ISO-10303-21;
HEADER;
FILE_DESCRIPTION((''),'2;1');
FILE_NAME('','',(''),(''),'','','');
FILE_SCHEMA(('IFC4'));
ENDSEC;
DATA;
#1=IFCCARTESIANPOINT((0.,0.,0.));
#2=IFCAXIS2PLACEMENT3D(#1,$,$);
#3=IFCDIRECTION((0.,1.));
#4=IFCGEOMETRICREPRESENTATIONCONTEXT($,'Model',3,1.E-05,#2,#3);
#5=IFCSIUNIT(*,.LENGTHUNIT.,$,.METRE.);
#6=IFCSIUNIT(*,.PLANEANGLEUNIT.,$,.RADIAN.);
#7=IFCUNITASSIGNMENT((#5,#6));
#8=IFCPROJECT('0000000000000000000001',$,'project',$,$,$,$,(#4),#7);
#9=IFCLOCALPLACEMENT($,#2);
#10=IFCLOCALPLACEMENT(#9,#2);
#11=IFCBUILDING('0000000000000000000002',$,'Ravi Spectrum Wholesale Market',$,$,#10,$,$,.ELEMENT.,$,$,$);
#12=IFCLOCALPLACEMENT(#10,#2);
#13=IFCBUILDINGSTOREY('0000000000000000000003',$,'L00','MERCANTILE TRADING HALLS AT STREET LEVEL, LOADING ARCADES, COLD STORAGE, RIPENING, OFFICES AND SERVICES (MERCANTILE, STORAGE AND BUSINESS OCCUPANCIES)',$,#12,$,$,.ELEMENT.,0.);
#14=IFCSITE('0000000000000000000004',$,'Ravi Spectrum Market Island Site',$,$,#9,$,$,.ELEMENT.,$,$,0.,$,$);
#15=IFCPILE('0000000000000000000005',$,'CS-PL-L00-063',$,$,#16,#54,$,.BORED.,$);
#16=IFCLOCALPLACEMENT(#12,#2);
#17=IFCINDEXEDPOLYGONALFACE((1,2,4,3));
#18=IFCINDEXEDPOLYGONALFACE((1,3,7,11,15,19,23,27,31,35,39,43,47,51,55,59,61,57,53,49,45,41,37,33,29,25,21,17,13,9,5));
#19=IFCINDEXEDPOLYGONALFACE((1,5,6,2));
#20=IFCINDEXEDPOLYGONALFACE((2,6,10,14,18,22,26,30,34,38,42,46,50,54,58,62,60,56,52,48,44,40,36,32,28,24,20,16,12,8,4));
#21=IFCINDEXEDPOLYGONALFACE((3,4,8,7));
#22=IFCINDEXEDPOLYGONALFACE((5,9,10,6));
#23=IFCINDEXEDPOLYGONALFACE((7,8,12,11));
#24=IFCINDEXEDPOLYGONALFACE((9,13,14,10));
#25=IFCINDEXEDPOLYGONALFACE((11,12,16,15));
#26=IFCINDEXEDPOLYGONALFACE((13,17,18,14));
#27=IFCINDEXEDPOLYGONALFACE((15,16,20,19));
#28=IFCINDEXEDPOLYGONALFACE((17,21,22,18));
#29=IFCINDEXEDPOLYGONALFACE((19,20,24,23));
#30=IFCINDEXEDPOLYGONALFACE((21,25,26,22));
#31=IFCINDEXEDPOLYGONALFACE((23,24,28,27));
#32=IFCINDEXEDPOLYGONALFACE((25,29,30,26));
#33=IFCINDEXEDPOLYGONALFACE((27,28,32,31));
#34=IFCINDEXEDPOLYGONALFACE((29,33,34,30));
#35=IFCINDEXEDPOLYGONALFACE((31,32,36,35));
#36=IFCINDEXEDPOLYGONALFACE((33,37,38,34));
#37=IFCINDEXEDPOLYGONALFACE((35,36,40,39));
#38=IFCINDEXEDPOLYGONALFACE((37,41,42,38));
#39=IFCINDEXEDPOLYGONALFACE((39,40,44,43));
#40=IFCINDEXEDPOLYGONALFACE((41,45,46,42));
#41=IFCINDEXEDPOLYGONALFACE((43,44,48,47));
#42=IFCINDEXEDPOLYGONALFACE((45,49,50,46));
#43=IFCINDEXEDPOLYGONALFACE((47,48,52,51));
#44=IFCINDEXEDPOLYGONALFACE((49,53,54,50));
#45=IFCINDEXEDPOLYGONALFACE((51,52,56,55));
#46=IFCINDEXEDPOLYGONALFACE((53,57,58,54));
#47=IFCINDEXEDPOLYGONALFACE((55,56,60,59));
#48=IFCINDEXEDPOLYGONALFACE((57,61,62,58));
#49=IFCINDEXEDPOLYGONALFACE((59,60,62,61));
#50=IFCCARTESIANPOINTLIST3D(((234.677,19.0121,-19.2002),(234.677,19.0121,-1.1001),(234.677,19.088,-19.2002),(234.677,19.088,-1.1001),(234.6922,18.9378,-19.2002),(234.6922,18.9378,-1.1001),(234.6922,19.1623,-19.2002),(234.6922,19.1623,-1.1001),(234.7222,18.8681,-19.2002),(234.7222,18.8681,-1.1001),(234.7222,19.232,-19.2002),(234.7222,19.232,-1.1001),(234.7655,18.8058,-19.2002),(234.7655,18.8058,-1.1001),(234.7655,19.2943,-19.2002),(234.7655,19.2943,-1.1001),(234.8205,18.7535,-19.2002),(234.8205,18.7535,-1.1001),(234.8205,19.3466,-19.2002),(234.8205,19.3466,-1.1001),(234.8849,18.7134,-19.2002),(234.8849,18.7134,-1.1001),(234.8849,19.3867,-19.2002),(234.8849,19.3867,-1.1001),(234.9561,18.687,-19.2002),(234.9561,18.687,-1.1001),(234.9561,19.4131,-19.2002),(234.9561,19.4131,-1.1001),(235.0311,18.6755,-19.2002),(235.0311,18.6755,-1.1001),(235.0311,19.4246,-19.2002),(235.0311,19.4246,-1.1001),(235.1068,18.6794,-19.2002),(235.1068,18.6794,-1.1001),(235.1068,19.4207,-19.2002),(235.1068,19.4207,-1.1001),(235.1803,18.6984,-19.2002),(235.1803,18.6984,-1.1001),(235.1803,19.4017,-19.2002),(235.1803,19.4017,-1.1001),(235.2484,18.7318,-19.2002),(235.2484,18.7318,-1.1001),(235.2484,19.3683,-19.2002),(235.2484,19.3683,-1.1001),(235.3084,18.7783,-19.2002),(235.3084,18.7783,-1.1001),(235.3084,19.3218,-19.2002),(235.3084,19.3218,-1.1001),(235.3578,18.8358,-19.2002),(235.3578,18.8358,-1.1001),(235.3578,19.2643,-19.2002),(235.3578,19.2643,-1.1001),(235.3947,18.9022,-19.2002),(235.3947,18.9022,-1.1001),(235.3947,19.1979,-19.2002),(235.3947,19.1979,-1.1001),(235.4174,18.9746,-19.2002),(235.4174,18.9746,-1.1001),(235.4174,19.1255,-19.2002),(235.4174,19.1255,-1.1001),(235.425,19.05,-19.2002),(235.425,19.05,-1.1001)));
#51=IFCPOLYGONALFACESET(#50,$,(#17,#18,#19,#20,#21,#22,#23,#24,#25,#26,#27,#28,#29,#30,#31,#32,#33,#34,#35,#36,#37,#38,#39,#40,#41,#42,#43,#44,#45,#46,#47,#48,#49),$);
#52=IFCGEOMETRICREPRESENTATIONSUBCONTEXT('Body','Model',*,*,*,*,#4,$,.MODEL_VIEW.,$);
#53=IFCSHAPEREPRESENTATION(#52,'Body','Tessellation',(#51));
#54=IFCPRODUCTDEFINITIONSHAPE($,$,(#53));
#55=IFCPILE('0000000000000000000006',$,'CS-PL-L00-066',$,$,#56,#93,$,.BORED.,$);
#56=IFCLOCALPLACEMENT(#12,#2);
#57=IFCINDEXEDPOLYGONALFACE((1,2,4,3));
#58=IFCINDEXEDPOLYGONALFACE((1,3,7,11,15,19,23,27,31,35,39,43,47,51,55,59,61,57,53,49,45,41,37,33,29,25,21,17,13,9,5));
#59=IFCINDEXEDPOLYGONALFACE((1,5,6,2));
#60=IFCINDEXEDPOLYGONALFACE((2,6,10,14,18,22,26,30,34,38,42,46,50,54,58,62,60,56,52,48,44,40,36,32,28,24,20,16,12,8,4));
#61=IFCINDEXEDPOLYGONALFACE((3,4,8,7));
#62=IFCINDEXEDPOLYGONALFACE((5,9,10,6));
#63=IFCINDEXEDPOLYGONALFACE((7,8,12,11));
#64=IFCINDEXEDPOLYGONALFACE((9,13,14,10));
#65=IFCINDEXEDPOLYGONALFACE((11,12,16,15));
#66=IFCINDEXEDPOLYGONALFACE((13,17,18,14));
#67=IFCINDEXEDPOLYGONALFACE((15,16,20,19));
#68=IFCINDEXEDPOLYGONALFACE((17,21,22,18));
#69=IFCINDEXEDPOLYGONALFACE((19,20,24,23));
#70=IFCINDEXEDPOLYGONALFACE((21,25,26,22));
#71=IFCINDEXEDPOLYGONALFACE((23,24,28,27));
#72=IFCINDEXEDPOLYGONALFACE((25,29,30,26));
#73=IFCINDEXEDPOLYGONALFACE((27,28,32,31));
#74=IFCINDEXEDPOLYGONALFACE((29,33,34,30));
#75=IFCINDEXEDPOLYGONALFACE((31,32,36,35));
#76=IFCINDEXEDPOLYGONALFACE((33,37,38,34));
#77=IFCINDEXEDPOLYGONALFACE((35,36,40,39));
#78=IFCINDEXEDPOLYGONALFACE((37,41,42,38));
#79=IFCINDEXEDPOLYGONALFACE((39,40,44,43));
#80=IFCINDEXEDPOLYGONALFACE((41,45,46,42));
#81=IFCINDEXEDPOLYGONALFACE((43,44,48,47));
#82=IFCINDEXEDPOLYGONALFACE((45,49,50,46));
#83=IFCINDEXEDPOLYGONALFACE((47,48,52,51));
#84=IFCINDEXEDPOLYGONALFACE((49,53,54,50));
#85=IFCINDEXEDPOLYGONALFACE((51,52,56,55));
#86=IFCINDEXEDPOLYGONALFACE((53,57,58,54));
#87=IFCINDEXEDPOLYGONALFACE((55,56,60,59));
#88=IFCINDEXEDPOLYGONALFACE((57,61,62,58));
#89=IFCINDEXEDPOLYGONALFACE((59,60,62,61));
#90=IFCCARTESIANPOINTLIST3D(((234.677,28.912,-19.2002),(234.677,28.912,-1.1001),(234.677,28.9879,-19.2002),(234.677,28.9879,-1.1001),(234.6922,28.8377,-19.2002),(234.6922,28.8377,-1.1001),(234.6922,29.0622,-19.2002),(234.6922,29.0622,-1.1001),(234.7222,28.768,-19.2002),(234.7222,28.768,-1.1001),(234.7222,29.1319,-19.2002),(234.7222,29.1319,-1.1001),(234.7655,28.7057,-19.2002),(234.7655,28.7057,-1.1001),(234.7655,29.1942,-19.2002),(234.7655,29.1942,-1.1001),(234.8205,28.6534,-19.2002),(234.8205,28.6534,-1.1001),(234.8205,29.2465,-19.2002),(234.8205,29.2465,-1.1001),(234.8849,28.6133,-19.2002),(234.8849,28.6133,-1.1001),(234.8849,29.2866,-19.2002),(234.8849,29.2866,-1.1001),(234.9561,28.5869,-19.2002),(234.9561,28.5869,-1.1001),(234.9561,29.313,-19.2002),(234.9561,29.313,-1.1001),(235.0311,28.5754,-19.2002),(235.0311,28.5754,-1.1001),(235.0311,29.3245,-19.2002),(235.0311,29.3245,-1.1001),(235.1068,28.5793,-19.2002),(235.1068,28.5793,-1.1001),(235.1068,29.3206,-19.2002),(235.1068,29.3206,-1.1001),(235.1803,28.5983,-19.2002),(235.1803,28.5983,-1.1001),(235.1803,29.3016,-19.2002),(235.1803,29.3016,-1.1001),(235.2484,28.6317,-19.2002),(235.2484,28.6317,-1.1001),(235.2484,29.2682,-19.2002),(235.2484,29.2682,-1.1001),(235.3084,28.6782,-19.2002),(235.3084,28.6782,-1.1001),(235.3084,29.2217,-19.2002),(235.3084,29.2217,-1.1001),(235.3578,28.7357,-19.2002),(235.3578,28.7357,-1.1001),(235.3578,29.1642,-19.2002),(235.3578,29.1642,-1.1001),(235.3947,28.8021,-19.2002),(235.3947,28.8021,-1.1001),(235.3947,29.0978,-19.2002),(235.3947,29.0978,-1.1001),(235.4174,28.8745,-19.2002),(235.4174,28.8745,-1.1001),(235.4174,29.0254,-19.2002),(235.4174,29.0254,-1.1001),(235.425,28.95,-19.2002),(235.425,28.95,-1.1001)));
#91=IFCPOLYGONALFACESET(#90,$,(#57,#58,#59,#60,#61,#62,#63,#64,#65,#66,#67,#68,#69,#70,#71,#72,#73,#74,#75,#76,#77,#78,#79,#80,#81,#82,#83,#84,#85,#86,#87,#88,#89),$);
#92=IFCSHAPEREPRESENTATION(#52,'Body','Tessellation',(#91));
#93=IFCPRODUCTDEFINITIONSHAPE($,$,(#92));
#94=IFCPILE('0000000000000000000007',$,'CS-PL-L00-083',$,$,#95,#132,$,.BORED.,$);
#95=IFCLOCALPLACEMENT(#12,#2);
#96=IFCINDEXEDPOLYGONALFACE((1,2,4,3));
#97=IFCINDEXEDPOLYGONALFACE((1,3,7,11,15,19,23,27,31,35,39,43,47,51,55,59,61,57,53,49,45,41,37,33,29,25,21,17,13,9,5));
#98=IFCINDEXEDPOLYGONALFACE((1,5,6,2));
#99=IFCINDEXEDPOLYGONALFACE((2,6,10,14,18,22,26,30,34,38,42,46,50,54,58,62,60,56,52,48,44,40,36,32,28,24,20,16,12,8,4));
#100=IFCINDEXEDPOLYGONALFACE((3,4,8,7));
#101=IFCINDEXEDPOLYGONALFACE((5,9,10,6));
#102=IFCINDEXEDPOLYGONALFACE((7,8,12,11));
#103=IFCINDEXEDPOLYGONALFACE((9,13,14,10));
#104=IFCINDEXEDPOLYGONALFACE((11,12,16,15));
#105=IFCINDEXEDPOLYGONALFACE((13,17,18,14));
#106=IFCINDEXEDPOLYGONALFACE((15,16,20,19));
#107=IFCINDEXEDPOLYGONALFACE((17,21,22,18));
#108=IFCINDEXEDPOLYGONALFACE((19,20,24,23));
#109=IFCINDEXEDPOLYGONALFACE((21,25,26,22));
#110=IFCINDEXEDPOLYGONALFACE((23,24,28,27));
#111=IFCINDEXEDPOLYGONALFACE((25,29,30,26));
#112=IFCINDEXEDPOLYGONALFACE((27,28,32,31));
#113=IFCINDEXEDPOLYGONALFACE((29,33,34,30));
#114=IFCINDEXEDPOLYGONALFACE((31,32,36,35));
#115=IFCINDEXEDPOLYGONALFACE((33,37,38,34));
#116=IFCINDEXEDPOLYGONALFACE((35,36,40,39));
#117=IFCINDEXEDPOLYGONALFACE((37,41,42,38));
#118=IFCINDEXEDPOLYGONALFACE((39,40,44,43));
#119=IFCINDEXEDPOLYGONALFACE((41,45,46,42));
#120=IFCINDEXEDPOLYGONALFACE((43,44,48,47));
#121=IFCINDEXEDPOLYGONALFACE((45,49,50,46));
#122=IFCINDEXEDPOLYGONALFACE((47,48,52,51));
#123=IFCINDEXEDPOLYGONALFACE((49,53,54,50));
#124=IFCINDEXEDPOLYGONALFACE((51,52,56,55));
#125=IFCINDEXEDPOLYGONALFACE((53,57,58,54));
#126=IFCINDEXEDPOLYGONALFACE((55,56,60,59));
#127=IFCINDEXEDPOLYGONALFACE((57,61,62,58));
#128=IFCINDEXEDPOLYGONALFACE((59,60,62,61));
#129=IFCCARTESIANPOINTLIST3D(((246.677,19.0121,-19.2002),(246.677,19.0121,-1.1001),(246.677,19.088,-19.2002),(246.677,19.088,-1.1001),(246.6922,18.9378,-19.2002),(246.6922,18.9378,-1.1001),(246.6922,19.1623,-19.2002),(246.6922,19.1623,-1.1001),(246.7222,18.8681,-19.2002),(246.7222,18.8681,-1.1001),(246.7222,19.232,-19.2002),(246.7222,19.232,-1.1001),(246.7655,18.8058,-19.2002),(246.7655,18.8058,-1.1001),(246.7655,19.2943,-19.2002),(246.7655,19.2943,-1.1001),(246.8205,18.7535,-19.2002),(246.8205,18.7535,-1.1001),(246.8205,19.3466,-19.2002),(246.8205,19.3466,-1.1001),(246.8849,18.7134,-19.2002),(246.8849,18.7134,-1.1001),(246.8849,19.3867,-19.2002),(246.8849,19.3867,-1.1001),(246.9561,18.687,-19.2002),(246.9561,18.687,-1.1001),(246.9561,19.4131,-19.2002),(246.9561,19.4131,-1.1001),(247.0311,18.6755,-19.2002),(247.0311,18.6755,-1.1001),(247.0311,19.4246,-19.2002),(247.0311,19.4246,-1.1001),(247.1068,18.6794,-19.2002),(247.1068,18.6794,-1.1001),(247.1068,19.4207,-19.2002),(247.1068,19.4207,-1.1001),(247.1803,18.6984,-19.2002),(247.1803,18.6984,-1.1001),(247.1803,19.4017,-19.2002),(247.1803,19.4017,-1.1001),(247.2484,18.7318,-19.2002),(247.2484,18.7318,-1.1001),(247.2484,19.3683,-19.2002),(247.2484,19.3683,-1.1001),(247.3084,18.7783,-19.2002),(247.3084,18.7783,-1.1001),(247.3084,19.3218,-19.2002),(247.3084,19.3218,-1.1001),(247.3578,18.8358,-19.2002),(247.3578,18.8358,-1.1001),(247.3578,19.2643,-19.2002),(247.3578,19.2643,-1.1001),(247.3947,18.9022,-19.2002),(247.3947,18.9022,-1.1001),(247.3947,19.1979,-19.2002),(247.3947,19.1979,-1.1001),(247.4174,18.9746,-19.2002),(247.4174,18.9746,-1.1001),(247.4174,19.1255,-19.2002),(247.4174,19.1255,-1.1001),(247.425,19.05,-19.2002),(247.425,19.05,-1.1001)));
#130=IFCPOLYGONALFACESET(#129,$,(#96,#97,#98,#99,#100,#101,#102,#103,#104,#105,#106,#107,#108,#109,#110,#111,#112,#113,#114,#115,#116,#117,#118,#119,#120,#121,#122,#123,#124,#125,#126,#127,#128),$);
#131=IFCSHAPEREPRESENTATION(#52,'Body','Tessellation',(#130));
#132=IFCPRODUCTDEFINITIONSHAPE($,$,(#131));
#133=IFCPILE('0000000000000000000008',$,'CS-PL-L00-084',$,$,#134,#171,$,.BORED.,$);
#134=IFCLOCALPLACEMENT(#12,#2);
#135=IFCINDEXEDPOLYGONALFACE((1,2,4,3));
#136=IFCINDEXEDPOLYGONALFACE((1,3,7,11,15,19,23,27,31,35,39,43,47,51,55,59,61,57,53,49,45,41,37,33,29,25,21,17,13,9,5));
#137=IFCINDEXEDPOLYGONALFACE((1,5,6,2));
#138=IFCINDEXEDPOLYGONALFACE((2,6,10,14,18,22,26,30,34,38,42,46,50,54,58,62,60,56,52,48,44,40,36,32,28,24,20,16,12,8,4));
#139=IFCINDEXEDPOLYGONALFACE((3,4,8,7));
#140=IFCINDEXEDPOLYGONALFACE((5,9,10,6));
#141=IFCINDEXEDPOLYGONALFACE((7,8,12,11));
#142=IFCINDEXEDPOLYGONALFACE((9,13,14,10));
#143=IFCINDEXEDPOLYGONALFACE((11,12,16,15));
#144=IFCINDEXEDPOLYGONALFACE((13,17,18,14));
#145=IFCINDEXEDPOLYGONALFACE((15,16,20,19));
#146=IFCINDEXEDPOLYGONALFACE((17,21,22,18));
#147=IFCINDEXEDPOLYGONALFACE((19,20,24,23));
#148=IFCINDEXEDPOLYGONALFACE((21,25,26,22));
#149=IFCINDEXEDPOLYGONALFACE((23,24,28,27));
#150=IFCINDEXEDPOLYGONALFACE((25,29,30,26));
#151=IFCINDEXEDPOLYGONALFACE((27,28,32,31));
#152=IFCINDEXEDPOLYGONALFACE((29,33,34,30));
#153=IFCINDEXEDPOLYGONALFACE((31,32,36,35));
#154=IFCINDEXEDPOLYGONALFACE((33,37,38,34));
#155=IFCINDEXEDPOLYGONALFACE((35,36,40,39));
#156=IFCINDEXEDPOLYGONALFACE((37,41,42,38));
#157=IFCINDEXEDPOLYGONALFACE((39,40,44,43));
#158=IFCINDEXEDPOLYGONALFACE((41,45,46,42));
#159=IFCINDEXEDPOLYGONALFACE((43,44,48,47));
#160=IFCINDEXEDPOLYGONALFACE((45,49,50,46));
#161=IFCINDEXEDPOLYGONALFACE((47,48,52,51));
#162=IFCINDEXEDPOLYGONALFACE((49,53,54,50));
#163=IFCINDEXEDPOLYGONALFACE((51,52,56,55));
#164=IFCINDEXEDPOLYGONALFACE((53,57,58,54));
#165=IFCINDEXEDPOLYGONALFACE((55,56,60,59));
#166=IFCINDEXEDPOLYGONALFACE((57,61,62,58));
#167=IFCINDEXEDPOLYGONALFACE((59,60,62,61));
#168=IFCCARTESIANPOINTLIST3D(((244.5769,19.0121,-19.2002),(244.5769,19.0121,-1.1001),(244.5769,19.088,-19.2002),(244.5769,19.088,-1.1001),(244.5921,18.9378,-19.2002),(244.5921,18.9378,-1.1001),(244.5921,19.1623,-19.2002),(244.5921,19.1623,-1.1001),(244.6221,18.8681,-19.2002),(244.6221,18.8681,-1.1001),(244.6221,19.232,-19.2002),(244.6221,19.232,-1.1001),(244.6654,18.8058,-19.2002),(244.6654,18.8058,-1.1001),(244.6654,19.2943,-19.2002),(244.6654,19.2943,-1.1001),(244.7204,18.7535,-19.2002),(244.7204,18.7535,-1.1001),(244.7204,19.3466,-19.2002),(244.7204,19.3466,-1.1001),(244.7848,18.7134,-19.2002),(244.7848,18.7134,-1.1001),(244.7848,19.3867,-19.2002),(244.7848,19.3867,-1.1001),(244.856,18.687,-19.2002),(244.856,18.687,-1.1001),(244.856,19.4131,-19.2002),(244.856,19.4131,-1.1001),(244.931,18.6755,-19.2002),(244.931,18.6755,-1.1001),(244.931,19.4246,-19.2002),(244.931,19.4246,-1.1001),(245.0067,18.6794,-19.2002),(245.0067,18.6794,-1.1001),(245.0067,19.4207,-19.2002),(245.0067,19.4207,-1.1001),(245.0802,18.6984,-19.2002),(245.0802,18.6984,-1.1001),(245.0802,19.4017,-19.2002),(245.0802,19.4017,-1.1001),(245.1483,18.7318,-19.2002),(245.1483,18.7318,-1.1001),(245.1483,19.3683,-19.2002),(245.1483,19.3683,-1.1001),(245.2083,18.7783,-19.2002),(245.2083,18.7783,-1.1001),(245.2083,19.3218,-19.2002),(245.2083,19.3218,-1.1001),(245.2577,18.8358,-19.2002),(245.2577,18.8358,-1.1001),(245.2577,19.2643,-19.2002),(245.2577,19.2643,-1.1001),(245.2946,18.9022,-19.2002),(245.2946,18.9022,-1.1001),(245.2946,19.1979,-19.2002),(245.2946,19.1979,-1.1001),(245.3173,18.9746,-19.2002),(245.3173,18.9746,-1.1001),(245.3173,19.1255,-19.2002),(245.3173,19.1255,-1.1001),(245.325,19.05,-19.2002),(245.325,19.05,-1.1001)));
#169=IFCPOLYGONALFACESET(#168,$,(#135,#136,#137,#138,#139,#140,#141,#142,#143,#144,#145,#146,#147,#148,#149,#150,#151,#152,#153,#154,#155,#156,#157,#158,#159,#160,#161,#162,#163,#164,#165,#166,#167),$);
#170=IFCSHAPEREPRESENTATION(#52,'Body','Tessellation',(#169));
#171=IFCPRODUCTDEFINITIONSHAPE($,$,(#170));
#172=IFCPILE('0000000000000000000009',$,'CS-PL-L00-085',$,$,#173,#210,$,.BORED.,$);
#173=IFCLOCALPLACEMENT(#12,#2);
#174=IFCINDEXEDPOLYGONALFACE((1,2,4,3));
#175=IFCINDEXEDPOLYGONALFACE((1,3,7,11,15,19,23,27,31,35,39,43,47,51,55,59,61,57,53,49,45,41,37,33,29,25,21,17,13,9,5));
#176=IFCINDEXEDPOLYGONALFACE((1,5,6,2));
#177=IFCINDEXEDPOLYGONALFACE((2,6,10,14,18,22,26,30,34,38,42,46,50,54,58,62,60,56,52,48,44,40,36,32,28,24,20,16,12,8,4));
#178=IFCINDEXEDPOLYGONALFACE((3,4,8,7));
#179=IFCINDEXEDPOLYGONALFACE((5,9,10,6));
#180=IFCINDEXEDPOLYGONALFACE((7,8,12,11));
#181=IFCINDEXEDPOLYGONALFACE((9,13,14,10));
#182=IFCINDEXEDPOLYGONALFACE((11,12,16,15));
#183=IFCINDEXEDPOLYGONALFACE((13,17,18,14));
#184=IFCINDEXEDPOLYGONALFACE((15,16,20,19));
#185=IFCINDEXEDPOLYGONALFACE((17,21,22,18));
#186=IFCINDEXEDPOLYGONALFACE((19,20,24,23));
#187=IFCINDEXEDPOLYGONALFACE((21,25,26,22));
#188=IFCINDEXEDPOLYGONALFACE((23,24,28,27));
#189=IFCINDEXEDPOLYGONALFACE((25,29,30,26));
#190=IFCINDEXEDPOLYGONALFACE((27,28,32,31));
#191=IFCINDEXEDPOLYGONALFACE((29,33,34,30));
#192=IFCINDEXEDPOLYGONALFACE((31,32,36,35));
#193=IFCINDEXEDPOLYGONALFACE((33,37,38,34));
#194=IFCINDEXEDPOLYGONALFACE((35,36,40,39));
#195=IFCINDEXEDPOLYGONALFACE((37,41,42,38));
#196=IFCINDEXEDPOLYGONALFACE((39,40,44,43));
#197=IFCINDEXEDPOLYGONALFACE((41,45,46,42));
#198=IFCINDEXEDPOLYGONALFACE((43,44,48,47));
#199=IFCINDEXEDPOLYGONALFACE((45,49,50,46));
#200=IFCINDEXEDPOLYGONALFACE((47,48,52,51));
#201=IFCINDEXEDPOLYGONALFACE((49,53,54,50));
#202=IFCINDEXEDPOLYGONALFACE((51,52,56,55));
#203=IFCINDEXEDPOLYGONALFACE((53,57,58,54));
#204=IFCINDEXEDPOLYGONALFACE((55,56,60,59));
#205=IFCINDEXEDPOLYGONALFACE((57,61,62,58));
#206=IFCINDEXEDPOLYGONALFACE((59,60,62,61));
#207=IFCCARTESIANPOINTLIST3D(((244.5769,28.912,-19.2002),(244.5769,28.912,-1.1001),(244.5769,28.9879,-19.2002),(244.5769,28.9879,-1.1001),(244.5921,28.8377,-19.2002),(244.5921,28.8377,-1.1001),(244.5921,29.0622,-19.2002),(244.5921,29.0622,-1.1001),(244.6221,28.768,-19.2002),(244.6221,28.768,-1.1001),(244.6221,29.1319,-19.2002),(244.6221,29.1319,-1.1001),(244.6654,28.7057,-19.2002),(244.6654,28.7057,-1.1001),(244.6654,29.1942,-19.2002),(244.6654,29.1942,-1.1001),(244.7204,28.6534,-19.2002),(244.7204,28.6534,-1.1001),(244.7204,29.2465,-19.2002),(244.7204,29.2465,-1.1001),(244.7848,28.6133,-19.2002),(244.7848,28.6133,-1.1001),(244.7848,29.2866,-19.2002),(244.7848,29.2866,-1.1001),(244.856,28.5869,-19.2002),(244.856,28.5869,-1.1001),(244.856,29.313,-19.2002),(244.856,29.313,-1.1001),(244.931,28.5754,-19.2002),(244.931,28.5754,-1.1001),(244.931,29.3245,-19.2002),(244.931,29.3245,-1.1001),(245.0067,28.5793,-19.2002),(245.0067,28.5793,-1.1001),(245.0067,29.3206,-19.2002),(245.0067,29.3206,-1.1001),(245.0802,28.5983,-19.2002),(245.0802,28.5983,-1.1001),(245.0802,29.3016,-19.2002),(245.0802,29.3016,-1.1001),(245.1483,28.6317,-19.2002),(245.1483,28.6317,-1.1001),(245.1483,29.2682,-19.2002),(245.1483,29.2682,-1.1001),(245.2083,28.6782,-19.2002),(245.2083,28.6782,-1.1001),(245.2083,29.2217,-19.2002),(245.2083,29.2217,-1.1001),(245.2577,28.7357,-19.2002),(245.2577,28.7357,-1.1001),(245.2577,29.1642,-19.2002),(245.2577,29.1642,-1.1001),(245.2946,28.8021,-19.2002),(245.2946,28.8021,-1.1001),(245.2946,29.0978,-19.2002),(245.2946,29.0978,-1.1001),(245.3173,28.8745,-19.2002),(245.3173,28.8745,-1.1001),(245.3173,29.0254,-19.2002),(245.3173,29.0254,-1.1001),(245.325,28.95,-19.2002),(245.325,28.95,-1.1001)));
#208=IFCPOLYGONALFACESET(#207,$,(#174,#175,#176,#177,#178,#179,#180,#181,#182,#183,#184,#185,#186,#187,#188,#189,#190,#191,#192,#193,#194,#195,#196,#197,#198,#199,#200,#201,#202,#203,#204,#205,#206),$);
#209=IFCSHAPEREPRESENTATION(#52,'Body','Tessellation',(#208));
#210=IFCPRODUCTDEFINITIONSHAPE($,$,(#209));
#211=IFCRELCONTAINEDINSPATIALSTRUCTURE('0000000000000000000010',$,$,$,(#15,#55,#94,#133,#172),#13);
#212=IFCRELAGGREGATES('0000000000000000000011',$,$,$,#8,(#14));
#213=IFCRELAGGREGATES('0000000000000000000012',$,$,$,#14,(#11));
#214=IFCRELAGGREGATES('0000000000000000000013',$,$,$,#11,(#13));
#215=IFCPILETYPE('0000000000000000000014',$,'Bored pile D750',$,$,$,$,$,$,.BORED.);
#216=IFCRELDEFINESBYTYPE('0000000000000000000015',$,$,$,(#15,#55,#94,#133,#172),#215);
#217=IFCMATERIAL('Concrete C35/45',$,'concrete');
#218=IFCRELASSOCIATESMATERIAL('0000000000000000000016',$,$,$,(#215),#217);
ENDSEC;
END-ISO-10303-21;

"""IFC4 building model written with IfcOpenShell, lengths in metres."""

from ifc_helpers import new_model, si_unit, direction, frame, origin, origin_2d, place, context, subcontext, project, spatial, circle, extrude, material, material_profile, profile_set, type_object, element, save


model = new_model("IFC4")

# Units and contexts
model_context = context("Model", 3, precision=1e-05, world=origin(), true_north=direction((0.0, 1.0)))
body_context = subcontext(model_context, "Body", "Model", "MODEL_VIEW")
ifc_project = project(units=[si_unit("LENGTHUNIT", "METRE"), si_unit("PLANEANGLEUNIT", "RADIAN")], contexts=[model_context])

# Site, building, storey
site_placement = place(None, origin())
site = spatial("IfcSite", under=ifc_project, at=site_placement, Name="Ravi Spectrum Market Island Site", CompositionType="ELEMENT", RefElevation=0.0)
building_placement = place(site_placement, origin())
building = spatial("IfcBuilding", under=site, at=building_placement, Name="Ravi Spectrum Wholesale Market", CompositionType="ELEMENT")
storey_placement = place(building_placement, origin())
storey = spatial("IfcBuildingStorey", under=building, at=storey_placement, Name="L00", Description="MERCANTILE TRADING HALLS AT STREET LEVEL, LOADING ARCADES, COLD STORAGE, RIPENING, OFFICES AND SERVICES (MERCANTILE, STORAGE AND BUSINESS OCCUPANCIES)", CompositionType="ELEMENT", Elevation=0.0)

# Piles
ifc_material_1 = material(Name="Concrete C35/45", Category="concrete")
ifc_material_profile_1 = material_profile(ifc_material_1, circle(Radius=0.375, at=origin_2d()))
ifc_profile_set_1 = profile_set([ifc_material_profile_1], Name="Concrete C35/45")
pile_type = type_object("IfcPileType", Name="Bored pile D750", PredefinedType="BORED", material=ifc_profile_set_1)
for number, where, z_axis, x_axis, name in (
    (1, (235.05, 19.05, -1.1001), (0.0, 0.0, -1.0), (1.0, 0.0, 0.0), "CS-PL-L00-063"),
    (2, (235.05, 28.95, -1.1001), (0.0, 0.0, -1.0), (1.0, 0.0, 0.0), "CS-PL-L00-066"),
    (3, (247.05, 19.05, -1.1001), (0.0, 0.0, -1.0), (1.0, 0.0, 0.0), "CS-PL-L00-083"),
    (4, (244.95, 19.05, -1.1001), (0.0, 0.0, -1.0), (1.0, 0.0, 0.0), "CS-PL-L00-084"),
    (5, (244.95, 28.95, -1.1001), (0.0, 0.0, -1.0), (1.0, 0.0, 0.0), "CS-PL-L00-085"),
):
    element("IfcPile", number, at=place(storey_placement, frame(where, z_axis=z_axis, x_axis=x_axis)), inside=storey, type_object=pile_type, Name=name, PredefinedType="BORED", context=body_context, shape_type="SweptSolid", body=[
        extrude(circle(Radius=0.375, at=origin_2d()), origin(), (0.0, 0.0, 1.0), 18.1001),
    ])

save(model, "model.ifc")
